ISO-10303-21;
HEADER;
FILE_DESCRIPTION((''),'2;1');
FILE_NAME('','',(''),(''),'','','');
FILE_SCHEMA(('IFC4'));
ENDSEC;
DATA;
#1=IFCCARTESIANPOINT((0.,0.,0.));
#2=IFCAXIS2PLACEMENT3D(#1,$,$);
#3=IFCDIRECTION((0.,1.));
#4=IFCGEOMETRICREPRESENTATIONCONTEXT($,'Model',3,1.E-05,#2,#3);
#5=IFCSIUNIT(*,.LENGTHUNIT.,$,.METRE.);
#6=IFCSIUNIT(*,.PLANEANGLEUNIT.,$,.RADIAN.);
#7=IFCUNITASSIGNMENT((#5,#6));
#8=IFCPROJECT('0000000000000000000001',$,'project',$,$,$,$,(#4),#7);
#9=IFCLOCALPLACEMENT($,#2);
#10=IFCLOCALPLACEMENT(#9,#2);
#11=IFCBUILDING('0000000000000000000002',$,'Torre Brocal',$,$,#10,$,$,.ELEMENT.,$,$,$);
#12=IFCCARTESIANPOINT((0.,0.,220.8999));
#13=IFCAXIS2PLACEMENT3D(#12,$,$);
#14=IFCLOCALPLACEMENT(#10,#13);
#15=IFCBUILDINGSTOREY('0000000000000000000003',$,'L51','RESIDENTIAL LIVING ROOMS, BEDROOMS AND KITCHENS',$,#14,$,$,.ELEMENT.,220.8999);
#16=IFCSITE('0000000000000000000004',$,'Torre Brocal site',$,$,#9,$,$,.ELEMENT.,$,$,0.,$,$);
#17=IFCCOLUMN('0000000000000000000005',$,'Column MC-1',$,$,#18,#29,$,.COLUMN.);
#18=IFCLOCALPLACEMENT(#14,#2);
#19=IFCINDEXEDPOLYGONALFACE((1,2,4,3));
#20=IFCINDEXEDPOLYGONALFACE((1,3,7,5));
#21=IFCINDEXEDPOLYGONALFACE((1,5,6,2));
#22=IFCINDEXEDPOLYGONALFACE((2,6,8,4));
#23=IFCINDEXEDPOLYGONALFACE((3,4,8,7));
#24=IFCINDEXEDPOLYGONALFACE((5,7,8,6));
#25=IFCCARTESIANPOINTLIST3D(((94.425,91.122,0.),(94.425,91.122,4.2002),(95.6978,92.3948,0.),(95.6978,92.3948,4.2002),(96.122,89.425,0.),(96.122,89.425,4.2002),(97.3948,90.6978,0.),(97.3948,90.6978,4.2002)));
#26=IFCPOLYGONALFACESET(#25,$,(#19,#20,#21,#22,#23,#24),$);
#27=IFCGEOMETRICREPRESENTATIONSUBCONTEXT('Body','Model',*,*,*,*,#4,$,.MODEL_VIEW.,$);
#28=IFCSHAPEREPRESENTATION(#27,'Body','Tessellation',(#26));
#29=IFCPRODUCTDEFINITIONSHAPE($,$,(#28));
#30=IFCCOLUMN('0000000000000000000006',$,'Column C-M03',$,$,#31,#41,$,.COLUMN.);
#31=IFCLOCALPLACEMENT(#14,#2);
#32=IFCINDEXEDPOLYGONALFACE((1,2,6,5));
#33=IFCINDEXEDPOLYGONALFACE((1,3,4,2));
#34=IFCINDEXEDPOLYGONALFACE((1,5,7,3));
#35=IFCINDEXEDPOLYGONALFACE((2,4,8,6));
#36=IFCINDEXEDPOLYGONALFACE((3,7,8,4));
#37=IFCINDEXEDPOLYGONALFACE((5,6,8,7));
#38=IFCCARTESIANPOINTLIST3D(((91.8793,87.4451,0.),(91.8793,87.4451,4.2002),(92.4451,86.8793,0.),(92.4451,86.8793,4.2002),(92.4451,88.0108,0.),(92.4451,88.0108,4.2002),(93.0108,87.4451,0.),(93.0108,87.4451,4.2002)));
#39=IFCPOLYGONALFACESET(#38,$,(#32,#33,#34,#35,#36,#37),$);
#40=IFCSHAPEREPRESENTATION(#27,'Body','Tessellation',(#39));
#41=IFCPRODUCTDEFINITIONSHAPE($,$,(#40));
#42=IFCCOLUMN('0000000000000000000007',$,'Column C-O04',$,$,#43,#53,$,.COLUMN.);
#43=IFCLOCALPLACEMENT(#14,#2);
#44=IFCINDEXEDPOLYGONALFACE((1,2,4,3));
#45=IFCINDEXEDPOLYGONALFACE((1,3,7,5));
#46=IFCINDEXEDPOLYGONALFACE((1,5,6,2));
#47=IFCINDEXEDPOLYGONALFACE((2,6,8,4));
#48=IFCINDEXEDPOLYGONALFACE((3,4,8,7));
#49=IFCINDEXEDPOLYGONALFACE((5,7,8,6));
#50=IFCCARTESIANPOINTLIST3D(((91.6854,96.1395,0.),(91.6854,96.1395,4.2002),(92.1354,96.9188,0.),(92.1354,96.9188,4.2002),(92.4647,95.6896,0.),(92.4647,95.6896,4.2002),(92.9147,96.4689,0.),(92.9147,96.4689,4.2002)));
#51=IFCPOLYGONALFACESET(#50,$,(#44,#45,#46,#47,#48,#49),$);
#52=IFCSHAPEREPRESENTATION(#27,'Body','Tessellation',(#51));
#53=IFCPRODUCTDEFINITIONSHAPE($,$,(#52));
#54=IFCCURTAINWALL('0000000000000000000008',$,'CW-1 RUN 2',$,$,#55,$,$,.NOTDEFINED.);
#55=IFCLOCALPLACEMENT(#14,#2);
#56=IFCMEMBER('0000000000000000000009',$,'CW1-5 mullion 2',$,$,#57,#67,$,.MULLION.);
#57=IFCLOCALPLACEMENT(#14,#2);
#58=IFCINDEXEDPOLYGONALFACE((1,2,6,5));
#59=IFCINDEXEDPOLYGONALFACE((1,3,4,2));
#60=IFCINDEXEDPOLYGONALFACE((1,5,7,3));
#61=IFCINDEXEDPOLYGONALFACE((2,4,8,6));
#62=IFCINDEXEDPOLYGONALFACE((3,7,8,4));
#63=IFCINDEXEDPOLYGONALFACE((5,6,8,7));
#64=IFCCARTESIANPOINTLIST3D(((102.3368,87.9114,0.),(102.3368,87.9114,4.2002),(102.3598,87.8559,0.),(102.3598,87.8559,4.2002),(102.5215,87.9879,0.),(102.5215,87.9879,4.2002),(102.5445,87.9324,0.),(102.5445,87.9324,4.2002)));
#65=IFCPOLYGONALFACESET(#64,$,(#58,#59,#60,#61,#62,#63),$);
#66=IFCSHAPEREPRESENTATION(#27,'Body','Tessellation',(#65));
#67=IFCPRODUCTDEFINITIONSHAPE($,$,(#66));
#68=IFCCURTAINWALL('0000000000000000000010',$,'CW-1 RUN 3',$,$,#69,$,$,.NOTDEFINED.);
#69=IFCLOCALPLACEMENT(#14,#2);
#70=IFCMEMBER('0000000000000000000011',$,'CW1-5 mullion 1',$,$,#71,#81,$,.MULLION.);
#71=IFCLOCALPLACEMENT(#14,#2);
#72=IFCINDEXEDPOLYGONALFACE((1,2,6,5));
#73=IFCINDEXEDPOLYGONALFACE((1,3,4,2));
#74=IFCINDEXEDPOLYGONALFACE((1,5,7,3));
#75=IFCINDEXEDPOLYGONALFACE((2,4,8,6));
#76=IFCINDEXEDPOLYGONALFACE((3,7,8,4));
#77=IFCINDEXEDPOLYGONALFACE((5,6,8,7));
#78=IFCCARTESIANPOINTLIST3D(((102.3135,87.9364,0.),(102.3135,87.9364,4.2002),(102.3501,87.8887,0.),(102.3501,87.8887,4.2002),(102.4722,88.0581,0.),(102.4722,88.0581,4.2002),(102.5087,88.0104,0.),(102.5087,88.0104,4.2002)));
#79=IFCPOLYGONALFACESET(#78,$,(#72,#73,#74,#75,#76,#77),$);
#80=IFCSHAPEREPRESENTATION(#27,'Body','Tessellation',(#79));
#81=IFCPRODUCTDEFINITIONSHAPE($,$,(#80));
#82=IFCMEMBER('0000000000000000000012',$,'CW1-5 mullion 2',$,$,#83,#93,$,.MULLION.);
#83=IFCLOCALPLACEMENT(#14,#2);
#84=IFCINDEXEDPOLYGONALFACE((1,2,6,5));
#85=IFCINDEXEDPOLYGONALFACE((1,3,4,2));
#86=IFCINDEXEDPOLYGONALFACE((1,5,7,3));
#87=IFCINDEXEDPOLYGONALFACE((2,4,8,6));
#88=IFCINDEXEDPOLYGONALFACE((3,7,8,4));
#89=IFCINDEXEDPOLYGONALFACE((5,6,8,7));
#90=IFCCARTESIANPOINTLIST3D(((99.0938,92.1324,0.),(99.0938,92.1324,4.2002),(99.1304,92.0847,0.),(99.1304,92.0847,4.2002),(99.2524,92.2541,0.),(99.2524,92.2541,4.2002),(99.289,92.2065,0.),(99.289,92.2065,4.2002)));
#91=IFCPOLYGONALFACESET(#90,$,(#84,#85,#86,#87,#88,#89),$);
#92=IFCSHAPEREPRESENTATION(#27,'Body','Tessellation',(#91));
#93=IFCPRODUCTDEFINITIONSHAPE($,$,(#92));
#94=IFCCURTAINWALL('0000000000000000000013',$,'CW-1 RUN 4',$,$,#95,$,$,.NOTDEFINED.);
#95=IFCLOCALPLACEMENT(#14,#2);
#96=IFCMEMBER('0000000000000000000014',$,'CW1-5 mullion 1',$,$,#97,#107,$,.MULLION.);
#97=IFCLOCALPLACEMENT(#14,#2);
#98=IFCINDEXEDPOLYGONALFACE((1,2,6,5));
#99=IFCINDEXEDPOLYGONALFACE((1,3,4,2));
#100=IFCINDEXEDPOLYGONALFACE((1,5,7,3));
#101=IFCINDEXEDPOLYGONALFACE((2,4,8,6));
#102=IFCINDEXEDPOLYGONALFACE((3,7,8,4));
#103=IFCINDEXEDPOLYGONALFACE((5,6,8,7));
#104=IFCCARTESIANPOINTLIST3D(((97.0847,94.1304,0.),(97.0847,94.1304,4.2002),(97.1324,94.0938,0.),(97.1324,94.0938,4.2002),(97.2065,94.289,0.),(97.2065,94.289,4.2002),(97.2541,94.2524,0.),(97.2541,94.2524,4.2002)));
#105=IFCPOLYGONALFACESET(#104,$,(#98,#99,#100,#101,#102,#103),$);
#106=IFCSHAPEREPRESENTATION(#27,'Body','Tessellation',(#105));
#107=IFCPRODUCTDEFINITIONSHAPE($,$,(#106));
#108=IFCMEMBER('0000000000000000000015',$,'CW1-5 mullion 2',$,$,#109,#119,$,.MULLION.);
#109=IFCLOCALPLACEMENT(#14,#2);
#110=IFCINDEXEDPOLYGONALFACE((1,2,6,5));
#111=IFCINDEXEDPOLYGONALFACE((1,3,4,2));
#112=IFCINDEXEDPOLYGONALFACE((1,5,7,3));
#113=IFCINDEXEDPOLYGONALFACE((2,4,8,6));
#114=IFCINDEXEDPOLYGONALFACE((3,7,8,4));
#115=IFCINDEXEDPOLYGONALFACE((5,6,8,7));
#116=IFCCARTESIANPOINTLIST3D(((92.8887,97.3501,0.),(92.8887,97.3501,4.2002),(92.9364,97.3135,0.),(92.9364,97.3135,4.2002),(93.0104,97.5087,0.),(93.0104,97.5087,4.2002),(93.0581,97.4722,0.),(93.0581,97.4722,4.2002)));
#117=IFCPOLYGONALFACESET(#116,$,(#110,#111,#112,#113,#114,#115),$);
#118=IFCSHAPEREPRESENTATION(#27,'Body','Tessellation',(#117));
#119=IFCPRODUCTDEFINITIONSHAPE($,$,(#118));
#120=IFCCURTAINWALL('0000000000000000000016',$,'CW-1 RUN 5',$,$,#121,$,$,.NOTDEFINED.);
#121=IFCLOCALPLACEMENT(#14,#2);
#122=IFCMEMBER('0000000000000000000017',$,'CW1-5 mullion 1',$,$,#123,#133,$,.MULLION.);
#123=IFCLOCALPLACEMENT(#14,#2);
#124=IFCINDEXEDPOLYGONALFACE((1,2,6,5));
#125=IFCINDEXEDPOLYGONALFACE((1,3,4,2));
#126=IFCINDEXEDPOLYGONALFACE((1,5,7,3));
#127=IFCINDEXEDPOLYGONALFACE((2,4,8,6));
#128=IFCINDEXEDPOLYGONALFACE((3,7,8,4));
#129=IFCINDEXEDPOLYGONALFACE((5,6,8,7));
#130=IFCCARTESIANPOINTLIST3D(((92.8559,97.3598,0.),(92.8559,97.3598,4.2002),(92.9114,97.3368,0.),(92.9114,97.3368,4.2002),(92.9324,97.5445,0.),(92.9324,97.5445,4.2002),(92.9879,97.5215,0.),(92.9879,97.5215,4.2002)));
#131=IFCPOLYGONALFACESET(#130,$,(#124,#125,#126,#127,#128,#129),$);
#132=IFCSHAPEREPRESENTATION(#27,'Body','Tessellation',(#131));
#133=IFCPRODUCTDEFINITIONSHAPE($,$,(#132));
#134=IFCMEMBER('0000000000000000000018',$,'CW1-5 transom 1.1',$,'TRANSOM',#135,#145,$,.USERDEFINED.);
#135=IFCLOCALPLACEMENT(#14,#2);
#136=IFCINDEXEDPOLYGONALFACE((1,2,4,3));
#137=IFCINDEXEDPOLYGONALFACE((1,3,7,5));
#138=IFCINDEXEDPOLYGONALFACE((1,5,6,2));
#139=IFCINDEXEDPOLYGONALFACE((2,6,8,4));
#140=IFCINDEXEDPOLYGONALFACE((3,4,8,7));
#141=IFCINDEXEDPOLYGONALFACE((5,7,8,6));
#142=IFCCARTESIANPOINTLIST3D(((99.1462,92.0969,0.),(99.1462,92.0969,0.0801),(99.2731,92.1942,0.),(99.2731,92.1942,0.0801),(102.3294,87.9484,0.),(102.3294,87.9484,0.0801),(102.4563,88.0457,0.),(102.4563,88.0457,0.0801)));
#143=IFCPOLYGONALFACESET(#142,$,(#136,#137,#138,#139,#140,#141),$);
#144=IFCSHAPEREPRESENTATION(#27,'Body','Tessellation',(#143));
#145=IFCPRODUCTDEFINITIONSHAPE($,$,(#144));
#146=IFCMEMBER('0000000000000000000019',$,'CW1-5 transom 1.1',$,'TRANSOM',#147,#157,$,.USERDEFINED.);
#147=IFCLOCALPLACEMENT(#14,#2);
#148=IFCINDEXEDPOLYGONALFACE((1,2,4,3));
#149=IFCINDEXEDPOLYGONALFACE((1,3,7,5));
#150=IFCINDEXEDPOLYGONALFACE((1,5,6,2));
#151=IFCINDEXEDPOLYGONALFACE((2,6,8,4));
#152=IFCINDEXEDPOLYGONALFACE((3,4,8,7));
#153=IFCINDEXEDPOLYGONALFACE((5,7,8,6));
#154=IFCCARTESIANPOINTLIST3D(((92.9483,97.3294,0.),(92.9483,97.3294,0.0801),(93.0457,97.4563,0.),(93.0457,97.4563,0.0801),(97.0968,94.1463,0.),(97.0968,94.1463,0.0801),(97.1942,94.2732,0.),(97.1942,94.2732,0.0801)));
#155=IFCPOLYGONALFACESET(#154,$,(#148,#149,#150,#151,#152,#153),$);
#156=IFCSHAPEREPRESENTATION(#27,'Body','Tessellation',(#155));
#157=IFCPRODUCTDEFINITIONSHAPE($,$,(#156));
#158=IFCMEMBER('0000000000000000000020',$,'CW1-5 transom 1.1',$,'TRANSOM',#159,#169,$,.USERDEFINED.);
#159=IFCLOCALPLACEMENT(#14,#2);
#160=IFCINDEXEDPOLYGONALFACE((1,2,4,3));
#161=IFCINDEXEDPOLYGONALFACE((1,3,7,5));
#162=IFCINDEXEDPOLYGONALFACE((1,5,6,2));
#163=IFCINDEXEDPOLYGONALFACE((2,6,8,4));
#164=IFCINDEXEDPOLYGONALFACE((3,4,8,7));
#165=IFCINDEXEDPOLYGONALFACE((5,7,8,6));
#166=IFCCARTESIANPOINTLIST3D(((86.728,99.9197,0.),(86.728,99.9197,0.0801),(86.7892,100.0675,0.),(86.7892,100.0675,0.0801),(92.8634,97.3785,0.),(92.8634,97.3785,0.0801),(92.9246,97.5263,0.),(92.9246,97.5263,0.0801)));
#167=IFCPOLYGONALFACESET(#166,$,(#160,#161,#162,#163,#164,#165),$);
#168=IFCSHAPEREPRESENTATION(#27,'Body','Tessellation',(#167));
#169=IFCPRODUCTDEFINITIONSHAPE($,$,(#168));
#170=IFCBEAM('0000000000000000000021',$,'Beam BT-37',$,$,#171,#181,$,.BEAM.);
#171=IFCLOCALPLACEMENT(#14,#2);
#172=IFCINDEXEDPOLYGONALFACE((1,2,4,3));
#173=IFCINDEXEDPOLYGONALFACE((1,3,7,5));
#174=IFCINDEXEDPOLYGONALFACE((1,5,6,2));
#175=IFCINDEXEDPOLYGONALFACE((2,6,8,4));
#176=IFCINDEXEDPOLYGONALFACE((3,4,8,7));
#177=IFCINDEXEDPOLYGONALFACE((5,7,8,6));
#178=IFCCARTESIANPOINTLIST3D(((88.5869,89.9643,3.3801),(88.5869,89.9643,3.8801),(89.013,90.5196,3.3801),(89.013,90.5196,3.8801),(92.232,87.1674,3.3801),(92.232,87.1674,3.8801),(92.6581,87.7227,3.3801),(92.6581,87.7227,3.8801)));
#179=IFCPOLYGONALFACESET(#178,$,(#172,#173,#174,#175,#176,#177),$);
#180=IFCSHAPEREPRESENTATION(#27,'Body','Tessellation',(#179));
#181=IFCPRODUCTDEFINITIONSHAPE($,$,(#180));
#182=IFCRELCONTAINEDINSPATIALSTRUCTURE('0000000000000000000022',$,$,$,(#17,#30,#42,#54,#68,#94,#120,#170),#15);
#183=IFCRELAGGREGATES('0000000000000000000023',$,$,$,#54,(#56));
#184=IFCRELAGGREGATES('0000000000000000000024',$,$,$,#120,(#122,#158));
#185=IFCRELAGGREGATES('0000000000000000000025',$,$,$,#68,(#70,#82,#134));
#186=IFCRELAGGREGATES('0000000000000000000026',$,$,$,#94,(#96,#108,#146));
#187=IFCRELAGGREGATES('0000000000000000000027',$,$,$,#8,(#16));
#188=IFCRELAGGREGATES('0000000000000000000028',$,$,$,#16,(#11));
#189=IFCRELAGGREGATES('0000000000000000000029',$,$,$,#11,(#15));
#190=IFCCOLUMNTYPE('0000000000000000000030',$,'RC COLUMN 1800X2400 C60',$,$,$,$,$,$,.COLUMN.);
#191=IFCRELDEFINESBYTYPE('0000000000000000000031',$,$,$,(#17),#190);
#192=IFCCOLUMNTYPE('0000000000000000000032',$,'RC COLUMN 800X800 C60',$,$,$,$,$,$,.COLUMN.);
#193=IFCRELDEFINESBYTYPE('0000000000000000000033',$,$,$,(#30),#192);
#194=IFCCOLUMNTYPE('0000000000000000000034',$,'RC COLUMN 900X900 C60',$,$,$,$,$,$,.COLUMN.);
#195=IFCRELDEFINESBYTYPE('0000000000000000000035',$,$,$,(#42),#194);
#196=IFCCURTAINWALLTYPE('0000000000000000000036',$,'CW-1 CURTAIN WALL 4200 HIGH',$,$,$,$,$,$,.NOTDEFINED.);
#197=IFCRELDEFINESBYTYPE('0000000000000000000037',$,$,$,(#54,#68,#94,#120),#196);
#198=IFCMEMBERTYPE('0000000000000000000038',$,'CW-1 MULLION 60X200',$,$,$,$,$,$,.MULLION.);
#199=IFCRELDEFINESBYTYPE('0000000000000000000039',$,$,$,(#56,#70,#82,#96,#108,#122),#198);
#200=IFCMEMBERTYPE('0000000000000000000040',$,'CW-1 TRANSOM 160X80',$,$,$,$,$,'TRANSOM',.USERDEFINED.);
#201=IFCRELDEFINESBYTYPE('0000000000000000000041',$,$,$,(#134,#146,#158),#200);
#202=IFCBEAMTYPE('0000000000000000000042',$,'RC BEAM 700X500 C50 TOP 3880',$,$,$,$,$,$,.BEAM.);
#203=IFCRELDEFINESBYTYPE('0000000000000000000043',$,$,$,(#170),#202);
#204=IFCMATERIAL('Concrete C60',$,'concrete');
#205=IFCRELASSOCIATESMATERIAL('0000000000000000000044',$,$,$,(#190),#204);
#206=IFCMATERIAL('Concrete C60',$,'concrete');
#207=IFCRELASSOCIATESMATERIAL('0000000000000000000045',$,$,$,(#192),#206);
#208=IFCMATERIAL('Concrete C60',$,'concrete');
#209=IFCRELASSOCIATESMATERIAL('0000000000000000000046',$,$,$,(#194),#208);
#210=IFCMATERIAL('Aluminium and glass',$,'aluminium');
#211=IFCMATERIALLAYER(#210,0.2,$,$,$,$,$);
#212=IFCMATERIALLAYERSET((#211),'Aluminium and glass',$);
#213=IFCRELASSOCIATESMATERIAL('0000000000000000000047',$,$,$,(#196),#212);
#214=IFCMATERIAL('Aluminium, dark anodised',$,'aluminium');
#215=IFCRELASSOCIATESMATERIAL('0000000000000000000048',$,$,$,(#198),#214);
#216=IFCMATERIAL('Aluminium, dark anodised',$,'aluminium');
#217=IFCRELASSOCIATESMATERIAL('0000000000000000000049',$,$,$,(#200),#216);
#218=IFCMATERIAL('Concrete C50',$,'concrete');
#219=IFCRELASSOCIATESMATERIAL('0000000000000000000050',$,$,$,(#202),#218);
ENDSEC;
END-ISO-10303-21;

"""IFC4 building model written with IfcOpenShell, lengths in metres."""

from ifc_helpers import new_model, si_unit, direction, frame, origin, origin_2d, place, context, subcontext, project, spatial, rectangle, extrude, material, layer, layer_set, material_profile, profile_set, type_object, element, aggregate, save


model = new_model("IFC4")

# Units and contexts
model_context = context("Model", 3, precision=1e-05, world=origin(), true_north=direction((0.0, 1.0)))
body_context = subcontext(model_context, "Body", "Model", "MODEL_VIEW")
ifc_project = project(units=[si_unit("LENGTHUNIT", "METRE"), si_unit("PLANEANGLEUNIT", "RADIAN")], contexts=[model_context])

# Site, building, storey
site_placement = place(None, origin())
site = spatial("IfcSite", under=ifc_project, at=site_placement, Name="Torre Brocal site", CompositionType="ELEMENT", RefElevation=0.0)
building_placement = place(site_placement, origin())
building = spatial("IfcBuilding", under=site, at=building_placement, Name="Torre Brocal", CompositionType="ELEMENT")
storey_placement = place(building_placement, frame((0.0, 0.0, 220.8999)))
storey = spatial("IfcBuildingStorey", under=building, at=storey_placement, Name="L51", Description="RESIDENTIAL LIVING ROOMS, BEDROOMS AND KITCHENS", CompositionType="ELEMENT", Elevation=220.8999)

# Columns
ifc_material_1 = material(Name="Concrete C60", Category="concrete")
ifc_material_profile_1 = material_profile(ifc_material_1, rectangle(XDim=1.8, YDim=2.3999, at=origin_2d()), Name="RC 1800X2400")
ifc_profile_set_1 = profile_set([ifc_material_profile_1], Name="Concrete C60")
column_type_1 = type_object("IfcColumnType", Name="RC COLUMN 1800X2400 C60", PredefinedType="COLUMN", material=ifc_profile_set_1)
column_1_placement = place(storey_placement, frame((95.9099, 90.9099, 0.0), z_axis=(0.0, 0.0, 1.0), x_axis=(0.707107, 0.707107, 0.0)))
element("IfcColumn", 1, at=column_1_placement, inside=storey, type_object=column_type_1, Name="Column MC-1", PredefinedType="COLUMN", context=body_context, shape_type="SweptSolid", body=[
    extrude(rectangle(XDim=1.8, YDim=2.3999, at=origin_2d()), origin(), (0.0, 0.0, 1.0), 4.2002),
])
ifc_material_2 = material(Name="Concrete C60", Category="concrete")
ifc_material_profile_2 = material_profile(ifc_material_2, rectangle(XDim=0.8, YDim=0.8, at=origin_2d()), Name="RC 800X800")
ifc_profile_set_2 = profile_set([ifc_material_profile_2], Name="Concrete C60")
column_type_2 = type_object("IfcColumnType", Name="RC COLUMN 800X800 C60", PredefinedType="COLUMN", material=ifc_profile_set_2)
column_2_placement = place(storey_placement, frame((92.4451, 87.4451, 0.0), z_axis=(0.0, 0.0, 1.0), x_axis=(0.707107, 0.707107, 0.0)))
element("IfcColumn", 2, at=column_2_placement, inside=storey, type_object=column_type_2, Name="Column C-M03", PredefinedType="COLUMN", context=body_context, shape_type="SweptSolid", body=[
    extrude(rectangle(XDim=0.8, YDim=0.8, at=origin_2d()), origin(), (0.0, 0.0, 1.0), 4.2002),
])
ifc_material_3 = material(Name="Concrete C60", Category="concrete")
ifc_material_profile_3 = material_profile(ifc_material_3, rectangle(XDim=0.8999, YDim=0.8999, at=origin_2d()), Name="RC 900X900")
ifc_profile_set_3 = profile_set([ifc_material_profile_3], Name="Concrete C60")
column_type_3 = type_object("IfcColumnType", Name="RC COLUMN 900X900 C60", PredefinedType="COLUMN", material=ifc_profile_set_3)
column_3_placement = place(storey_placement, frame((92.3, 96.3042, 0.0), z_axis=(0.0, 0.0, 1.0), x_axis=(0.5, 0.866025, 0.0)))
element("IfcColumn", 3, at=column_3_placement, inside=storey, type_object=column_type_3, Name="Column C-O04", PredefinedType="COLUMN", context=body_context, shape_type="SweptSolid", body=[
    extrude(rectangle(XDim=0.8999, YDim=0.8999, at=origin_2d()), origin(), (0.0, 0.0, 1.0), 4.2002),
])

# Curtain wall, member
ifc_material_4 = material(Name="Aluminium and glass", Category="aluminium")
ifc_layer_1 = layer(ifc_material_4, 0.2)
ifc_layer_set_1 = layer_set([ifc_layer_1], Name="Aluminium and glass")
curtain_wall_type = type_object("IfcCurtainWallType", Name="CW-1 CURTAIN WALL 4200 HIGH", PredefinedType="NOTDEFINED", material=ifc_layer_set_1)
curtain_wall_1_placement = place(storey_placement, origin())
curtain_wall_1 = element("IfcCurtainWall", 4, at=curtain_wall_1_placement, inside=storey, type_object=curtain_wall_type, Name="CW-1 RUN 2", PredefinedType="NOTDEFINED")
ifc_material_5 = material(Name="Aluminium, dark anodised", Category="aluminium")
ifc_material_profile_4 = material_profile(ifc_material_5, rectangle(XDim=0.2, YDim=0.0601, at=origin_2d()), Name="CW-1 MULLION 60X200")
ifc_profile_set_4 = profile_set([ifc_material_profile_4], Name="Aluminium, dark anodised")
member_type_1 = type_object("IfcMemberType", Name="CW-1 MULLION 60X200", PredefinedType="MULLION", material=ifc_profile_set_4)
member_1_placement = place(storey_placement, frame((102.4407, 87.9219, 0.0), z_axis=(0.0, 0.0, 1.0), x_axis=(-0.92388, -0.382683, 0.0)))
member_1 = element("IfcMember", 5, at=member_1_placement, type_object=member_type_1, Name="CW1-5 mullion 2", PredefinedType="MULLION", context=body_context, shape_type="SweptSolid", body=[
    extrude(rectangle(XDim=0.2, YDim=0.0601, at=origin_2d()), origin(), (0.0, 0.0, 1.0), 4.2002),
])
aggregate(curtain_wall_1, [member_1])

# Curtain walls, members
curtain_wall_2_placement = place(storey_placement, origin())
curtain_wall_2 = element("IfcCurtainWall", 6, at=curtain_wall_2_placement, inside=storey, type_object=curtain_wall_type, Name="CW-1 RUN 3", PredefinedType="NOTDEFINED")
member_2_placement = place(storey_placement, frame((102.4111, 87.9734, 0.0), z_axis=(0.0, 0.0, 1.0), x_axis=(-0.793353, -0.608761, 0.0)))
member_2 = element("IfcMember", 7, at=member_2_placement, type_object=member_type_1, Name="CW1-5 mullion 1", PredefinedType="MULLION", context=body_context, shape_type="SweptSolid", body=[
    extrude(rectangle(XDim=0.2, YDim=0.0601, at=origin_2d()), origin(), (0.0, 0.0, 1.0), 4.2002),
])
member_3_placement = place(storey_placement, frame((99.1914, 92.1694, 0.0), z_axis=(0.0, 0.0, 1.0), x_axis=(-0.793353, -0.608761, 0.0)))
member_3 = element("IfcMember", 8, at=member_3_placement, type_object=member_type_1, Name="CW1-5 mullion 2", PredefinedType="MULLION", context=body_context, shape_type="SweptSolid", body=[
    extrude(rectangle(XDim=0.2, YDim=0.0601, at=origin_2d()), origin(), (0.0, 0.0, 1.0), 4.2002),
])
curtain_wall_3_placement = place(storey_placement, origin())
curtain_wall_3 = element("IfcCurtainWall", 9, at=curtain_wall_3_placement, inside=storey, type_object=curtain_wall_type, Name="CW-1 RUN 4", PredefinedType="NOTDEFINED")
member_4_placement = place(storey_placement, frame((97.1694, 94.1914, 0.0), z_axis=(0.0, 0.0, 1.0), x_axis=(-0.608761, -0.793353, 0.0)))
member_4 = element("IfcMember", 10, at=member_4_placement, type_object=member_type_1, Name="CW1-5 mullion 1", PredefinedType="MULLION", context=body_context, shape_type="SweptSolid", body=[
    extrude(rectangle(XDim=0.2, YDim=0.0601, at=origin_2d()), origin(), (0.0, 0.0, 1.0), 4.2002),
])
member_5_placement = place(storey_placement, frame((92.9734, 97.4111, 0.0), z_axis=(0.0, 0.0, 1.0), x_axis=(-0.608761, -0.793353, 0.0)))
member_5 = element("IfcMember", 11, at=member_5_placement, type_object=member_type_1, Name="CW1-5 mullion 2", PredefinedType="MULLION", context=body_context, shape_type="SweptSolid", body=[
    extrude(rectangle(XDim=0.2, YDim=0.0601, at=origin_2d()), origin(), (0.0, 0.0, 1.0), 4.2002),
])

# Curtain wall, member
curtain_wall_4_placement = place(storey_placement, origin())
curtain_wall_4 = element("IfcCurtainWall", 12, at=curtain_wall_4_placement, inside=storey, type_object=curtain_wall_type, Name="CW-1 RUN 5", PredefinedType="NOTDEFINED")
member_6_placement = place(storey_placement, frame((92.9219, 97.4407, 0.0), z_axis=(0.0, 0.0, 1.0), x_axis=(-0.382683, -0.92388, 0.0)))
member_6 = element("IfcMember", 13, at=member_6_placement, type_object=member_type_1, Name="CW1-5 mullion 1", PredefinedType="MULLION", context=body_context, shape_type="SweptSolid", body=[
    extrude(rectangle(XDim=0.2, YDim=0.0601, at=origin_2d()), origin(), (0.0, 0.0, 1.0), 4.2002),
])

# Members
ifc_material_6 = material(Name="Aluminium, dark anodised", Category="aluminium")
ifc_material_profile_5 = material_profile(ifc_material_6, rectangle(XDim=0.1599, YDim=0.0801, at=origin_2d()), Name="CW-1 TRANSOM 160X80")
ifc_profile_set_5 = profile_set([ifc_material_profile_5], Name="Aluminium, dark anodised")
member_type_2 = type_object("IfcMemberType", Name="CW-1 TRANSOM 160X80", ElementType="TRANSOM", PredefinedType="USERDEFINED", material=ifc_profile_set_5)
member_7_placement = place(storey_placement, frame((102.3928, 87.9971, 0.04), z_axis=(-0.608749, 0.793363, 0.0), x_axis=(-0.793363, -0.608749, 0.0)))
member_7 = element("IfcMember", 14, at=member_7_placement, type_object=member_type_2, Name="CW1-5 transom 1.1", ObjectType="TRANSOM", PredefinedType="USERDEFINED", context=body_context, shape_type="SweptSolid", body=[
    extrude(rectangle(XDim=0.1599, YDim=0.0801, at=origin_2d()), origin(), (0.0, 0.0, 1.0), 5.229),
])
member_8_placement = place(storey_placement, frame((97.1455, 94.2097, 0.04), z_axis=(-0.793363, 0.608749, 0.0), x_axis=(-0.608749, -0.793363, 0.0)))
member_8 = element("IfcMember", 15, at=member_8_placement, type_object=member_type_2, Name="CW1-5 transom 1.1", ObjectType="TRANSOM", PredefinedType="USERDEFINED", context=body_context, shape_type="SweptSolid", body=[
    extrude(rectangle(XDim=0.1599, YDim=0.0801, at=origin_2d()), origin(), (0.0, 0.0, 1.0), 5.229),
])
member_9_placement = place(storey_placement, frame((92.894, 97.4524, 0.04), z_axis=(-0.923887, 0.382665, 0.0), x_axis=(-0.382665, -0.923887, 0.0)))
member_9 = element("IfcMember", 16, at=member_9_placement, type_object=member_type_2, Name="CW1-5 transom 1.1", ObjectType="TRANSOM", PredefinedType="USERDEFINED", context=body_context, shape_type="SweptSolid", body=[
    extrude(rectangle(XDim=0.1599, YDim=0.0801, at=origin_2d()), origin(), (0.0, 0.0, 1.0), 6.6409),
])
aggregate(curtain_wall_4, [member_6, member_9])

# Beam
ifc_material_7 = material(Name="Concrete C50", Category="concrete")
ifc_material_profile_6 = material_profile(ifc_material_7, rectangle(XDim=0.7, YDim=0.5, at=origin_2d()), Name="RC 700X500")
ifc_profile_set_6 = profile_set([ifc_material_profile_6], Name="Concrete C50")
beam_type_1 = type_object("IfcBeamType", Name="RC BEAM 700X500 C50 TOP 3880", PredefinedType="BEAM", material=ifc_profile_set_6)
beam_1_placement = place(storey_placement, frame((92.4451, 87.4451, 3.6301), z_axis=(-0.793358, 0.608755, 0.0), x_axis=(-0.608755, -0.793358, 0.0)))
element("IfcBeam", 17, at=beam_1_placement, inside=storey, type_object=beam_type_1, Name="Beam BT-37", PredefinedType="BEAM", context=body_context, shape_type="SweptSolid", body=[
    extrude(rectangle(XDim=0.7, YDim=0.5, at=origin_2d()), origin(), (0.0, 0.0, 1.0), 4.5945),
])

aggregate(curtain_wall_2, [member_2, member_3, member_7])
aggregate(curtain_wall_3, [member_4, member_5, member_8])

save(model, "model.ifc")
